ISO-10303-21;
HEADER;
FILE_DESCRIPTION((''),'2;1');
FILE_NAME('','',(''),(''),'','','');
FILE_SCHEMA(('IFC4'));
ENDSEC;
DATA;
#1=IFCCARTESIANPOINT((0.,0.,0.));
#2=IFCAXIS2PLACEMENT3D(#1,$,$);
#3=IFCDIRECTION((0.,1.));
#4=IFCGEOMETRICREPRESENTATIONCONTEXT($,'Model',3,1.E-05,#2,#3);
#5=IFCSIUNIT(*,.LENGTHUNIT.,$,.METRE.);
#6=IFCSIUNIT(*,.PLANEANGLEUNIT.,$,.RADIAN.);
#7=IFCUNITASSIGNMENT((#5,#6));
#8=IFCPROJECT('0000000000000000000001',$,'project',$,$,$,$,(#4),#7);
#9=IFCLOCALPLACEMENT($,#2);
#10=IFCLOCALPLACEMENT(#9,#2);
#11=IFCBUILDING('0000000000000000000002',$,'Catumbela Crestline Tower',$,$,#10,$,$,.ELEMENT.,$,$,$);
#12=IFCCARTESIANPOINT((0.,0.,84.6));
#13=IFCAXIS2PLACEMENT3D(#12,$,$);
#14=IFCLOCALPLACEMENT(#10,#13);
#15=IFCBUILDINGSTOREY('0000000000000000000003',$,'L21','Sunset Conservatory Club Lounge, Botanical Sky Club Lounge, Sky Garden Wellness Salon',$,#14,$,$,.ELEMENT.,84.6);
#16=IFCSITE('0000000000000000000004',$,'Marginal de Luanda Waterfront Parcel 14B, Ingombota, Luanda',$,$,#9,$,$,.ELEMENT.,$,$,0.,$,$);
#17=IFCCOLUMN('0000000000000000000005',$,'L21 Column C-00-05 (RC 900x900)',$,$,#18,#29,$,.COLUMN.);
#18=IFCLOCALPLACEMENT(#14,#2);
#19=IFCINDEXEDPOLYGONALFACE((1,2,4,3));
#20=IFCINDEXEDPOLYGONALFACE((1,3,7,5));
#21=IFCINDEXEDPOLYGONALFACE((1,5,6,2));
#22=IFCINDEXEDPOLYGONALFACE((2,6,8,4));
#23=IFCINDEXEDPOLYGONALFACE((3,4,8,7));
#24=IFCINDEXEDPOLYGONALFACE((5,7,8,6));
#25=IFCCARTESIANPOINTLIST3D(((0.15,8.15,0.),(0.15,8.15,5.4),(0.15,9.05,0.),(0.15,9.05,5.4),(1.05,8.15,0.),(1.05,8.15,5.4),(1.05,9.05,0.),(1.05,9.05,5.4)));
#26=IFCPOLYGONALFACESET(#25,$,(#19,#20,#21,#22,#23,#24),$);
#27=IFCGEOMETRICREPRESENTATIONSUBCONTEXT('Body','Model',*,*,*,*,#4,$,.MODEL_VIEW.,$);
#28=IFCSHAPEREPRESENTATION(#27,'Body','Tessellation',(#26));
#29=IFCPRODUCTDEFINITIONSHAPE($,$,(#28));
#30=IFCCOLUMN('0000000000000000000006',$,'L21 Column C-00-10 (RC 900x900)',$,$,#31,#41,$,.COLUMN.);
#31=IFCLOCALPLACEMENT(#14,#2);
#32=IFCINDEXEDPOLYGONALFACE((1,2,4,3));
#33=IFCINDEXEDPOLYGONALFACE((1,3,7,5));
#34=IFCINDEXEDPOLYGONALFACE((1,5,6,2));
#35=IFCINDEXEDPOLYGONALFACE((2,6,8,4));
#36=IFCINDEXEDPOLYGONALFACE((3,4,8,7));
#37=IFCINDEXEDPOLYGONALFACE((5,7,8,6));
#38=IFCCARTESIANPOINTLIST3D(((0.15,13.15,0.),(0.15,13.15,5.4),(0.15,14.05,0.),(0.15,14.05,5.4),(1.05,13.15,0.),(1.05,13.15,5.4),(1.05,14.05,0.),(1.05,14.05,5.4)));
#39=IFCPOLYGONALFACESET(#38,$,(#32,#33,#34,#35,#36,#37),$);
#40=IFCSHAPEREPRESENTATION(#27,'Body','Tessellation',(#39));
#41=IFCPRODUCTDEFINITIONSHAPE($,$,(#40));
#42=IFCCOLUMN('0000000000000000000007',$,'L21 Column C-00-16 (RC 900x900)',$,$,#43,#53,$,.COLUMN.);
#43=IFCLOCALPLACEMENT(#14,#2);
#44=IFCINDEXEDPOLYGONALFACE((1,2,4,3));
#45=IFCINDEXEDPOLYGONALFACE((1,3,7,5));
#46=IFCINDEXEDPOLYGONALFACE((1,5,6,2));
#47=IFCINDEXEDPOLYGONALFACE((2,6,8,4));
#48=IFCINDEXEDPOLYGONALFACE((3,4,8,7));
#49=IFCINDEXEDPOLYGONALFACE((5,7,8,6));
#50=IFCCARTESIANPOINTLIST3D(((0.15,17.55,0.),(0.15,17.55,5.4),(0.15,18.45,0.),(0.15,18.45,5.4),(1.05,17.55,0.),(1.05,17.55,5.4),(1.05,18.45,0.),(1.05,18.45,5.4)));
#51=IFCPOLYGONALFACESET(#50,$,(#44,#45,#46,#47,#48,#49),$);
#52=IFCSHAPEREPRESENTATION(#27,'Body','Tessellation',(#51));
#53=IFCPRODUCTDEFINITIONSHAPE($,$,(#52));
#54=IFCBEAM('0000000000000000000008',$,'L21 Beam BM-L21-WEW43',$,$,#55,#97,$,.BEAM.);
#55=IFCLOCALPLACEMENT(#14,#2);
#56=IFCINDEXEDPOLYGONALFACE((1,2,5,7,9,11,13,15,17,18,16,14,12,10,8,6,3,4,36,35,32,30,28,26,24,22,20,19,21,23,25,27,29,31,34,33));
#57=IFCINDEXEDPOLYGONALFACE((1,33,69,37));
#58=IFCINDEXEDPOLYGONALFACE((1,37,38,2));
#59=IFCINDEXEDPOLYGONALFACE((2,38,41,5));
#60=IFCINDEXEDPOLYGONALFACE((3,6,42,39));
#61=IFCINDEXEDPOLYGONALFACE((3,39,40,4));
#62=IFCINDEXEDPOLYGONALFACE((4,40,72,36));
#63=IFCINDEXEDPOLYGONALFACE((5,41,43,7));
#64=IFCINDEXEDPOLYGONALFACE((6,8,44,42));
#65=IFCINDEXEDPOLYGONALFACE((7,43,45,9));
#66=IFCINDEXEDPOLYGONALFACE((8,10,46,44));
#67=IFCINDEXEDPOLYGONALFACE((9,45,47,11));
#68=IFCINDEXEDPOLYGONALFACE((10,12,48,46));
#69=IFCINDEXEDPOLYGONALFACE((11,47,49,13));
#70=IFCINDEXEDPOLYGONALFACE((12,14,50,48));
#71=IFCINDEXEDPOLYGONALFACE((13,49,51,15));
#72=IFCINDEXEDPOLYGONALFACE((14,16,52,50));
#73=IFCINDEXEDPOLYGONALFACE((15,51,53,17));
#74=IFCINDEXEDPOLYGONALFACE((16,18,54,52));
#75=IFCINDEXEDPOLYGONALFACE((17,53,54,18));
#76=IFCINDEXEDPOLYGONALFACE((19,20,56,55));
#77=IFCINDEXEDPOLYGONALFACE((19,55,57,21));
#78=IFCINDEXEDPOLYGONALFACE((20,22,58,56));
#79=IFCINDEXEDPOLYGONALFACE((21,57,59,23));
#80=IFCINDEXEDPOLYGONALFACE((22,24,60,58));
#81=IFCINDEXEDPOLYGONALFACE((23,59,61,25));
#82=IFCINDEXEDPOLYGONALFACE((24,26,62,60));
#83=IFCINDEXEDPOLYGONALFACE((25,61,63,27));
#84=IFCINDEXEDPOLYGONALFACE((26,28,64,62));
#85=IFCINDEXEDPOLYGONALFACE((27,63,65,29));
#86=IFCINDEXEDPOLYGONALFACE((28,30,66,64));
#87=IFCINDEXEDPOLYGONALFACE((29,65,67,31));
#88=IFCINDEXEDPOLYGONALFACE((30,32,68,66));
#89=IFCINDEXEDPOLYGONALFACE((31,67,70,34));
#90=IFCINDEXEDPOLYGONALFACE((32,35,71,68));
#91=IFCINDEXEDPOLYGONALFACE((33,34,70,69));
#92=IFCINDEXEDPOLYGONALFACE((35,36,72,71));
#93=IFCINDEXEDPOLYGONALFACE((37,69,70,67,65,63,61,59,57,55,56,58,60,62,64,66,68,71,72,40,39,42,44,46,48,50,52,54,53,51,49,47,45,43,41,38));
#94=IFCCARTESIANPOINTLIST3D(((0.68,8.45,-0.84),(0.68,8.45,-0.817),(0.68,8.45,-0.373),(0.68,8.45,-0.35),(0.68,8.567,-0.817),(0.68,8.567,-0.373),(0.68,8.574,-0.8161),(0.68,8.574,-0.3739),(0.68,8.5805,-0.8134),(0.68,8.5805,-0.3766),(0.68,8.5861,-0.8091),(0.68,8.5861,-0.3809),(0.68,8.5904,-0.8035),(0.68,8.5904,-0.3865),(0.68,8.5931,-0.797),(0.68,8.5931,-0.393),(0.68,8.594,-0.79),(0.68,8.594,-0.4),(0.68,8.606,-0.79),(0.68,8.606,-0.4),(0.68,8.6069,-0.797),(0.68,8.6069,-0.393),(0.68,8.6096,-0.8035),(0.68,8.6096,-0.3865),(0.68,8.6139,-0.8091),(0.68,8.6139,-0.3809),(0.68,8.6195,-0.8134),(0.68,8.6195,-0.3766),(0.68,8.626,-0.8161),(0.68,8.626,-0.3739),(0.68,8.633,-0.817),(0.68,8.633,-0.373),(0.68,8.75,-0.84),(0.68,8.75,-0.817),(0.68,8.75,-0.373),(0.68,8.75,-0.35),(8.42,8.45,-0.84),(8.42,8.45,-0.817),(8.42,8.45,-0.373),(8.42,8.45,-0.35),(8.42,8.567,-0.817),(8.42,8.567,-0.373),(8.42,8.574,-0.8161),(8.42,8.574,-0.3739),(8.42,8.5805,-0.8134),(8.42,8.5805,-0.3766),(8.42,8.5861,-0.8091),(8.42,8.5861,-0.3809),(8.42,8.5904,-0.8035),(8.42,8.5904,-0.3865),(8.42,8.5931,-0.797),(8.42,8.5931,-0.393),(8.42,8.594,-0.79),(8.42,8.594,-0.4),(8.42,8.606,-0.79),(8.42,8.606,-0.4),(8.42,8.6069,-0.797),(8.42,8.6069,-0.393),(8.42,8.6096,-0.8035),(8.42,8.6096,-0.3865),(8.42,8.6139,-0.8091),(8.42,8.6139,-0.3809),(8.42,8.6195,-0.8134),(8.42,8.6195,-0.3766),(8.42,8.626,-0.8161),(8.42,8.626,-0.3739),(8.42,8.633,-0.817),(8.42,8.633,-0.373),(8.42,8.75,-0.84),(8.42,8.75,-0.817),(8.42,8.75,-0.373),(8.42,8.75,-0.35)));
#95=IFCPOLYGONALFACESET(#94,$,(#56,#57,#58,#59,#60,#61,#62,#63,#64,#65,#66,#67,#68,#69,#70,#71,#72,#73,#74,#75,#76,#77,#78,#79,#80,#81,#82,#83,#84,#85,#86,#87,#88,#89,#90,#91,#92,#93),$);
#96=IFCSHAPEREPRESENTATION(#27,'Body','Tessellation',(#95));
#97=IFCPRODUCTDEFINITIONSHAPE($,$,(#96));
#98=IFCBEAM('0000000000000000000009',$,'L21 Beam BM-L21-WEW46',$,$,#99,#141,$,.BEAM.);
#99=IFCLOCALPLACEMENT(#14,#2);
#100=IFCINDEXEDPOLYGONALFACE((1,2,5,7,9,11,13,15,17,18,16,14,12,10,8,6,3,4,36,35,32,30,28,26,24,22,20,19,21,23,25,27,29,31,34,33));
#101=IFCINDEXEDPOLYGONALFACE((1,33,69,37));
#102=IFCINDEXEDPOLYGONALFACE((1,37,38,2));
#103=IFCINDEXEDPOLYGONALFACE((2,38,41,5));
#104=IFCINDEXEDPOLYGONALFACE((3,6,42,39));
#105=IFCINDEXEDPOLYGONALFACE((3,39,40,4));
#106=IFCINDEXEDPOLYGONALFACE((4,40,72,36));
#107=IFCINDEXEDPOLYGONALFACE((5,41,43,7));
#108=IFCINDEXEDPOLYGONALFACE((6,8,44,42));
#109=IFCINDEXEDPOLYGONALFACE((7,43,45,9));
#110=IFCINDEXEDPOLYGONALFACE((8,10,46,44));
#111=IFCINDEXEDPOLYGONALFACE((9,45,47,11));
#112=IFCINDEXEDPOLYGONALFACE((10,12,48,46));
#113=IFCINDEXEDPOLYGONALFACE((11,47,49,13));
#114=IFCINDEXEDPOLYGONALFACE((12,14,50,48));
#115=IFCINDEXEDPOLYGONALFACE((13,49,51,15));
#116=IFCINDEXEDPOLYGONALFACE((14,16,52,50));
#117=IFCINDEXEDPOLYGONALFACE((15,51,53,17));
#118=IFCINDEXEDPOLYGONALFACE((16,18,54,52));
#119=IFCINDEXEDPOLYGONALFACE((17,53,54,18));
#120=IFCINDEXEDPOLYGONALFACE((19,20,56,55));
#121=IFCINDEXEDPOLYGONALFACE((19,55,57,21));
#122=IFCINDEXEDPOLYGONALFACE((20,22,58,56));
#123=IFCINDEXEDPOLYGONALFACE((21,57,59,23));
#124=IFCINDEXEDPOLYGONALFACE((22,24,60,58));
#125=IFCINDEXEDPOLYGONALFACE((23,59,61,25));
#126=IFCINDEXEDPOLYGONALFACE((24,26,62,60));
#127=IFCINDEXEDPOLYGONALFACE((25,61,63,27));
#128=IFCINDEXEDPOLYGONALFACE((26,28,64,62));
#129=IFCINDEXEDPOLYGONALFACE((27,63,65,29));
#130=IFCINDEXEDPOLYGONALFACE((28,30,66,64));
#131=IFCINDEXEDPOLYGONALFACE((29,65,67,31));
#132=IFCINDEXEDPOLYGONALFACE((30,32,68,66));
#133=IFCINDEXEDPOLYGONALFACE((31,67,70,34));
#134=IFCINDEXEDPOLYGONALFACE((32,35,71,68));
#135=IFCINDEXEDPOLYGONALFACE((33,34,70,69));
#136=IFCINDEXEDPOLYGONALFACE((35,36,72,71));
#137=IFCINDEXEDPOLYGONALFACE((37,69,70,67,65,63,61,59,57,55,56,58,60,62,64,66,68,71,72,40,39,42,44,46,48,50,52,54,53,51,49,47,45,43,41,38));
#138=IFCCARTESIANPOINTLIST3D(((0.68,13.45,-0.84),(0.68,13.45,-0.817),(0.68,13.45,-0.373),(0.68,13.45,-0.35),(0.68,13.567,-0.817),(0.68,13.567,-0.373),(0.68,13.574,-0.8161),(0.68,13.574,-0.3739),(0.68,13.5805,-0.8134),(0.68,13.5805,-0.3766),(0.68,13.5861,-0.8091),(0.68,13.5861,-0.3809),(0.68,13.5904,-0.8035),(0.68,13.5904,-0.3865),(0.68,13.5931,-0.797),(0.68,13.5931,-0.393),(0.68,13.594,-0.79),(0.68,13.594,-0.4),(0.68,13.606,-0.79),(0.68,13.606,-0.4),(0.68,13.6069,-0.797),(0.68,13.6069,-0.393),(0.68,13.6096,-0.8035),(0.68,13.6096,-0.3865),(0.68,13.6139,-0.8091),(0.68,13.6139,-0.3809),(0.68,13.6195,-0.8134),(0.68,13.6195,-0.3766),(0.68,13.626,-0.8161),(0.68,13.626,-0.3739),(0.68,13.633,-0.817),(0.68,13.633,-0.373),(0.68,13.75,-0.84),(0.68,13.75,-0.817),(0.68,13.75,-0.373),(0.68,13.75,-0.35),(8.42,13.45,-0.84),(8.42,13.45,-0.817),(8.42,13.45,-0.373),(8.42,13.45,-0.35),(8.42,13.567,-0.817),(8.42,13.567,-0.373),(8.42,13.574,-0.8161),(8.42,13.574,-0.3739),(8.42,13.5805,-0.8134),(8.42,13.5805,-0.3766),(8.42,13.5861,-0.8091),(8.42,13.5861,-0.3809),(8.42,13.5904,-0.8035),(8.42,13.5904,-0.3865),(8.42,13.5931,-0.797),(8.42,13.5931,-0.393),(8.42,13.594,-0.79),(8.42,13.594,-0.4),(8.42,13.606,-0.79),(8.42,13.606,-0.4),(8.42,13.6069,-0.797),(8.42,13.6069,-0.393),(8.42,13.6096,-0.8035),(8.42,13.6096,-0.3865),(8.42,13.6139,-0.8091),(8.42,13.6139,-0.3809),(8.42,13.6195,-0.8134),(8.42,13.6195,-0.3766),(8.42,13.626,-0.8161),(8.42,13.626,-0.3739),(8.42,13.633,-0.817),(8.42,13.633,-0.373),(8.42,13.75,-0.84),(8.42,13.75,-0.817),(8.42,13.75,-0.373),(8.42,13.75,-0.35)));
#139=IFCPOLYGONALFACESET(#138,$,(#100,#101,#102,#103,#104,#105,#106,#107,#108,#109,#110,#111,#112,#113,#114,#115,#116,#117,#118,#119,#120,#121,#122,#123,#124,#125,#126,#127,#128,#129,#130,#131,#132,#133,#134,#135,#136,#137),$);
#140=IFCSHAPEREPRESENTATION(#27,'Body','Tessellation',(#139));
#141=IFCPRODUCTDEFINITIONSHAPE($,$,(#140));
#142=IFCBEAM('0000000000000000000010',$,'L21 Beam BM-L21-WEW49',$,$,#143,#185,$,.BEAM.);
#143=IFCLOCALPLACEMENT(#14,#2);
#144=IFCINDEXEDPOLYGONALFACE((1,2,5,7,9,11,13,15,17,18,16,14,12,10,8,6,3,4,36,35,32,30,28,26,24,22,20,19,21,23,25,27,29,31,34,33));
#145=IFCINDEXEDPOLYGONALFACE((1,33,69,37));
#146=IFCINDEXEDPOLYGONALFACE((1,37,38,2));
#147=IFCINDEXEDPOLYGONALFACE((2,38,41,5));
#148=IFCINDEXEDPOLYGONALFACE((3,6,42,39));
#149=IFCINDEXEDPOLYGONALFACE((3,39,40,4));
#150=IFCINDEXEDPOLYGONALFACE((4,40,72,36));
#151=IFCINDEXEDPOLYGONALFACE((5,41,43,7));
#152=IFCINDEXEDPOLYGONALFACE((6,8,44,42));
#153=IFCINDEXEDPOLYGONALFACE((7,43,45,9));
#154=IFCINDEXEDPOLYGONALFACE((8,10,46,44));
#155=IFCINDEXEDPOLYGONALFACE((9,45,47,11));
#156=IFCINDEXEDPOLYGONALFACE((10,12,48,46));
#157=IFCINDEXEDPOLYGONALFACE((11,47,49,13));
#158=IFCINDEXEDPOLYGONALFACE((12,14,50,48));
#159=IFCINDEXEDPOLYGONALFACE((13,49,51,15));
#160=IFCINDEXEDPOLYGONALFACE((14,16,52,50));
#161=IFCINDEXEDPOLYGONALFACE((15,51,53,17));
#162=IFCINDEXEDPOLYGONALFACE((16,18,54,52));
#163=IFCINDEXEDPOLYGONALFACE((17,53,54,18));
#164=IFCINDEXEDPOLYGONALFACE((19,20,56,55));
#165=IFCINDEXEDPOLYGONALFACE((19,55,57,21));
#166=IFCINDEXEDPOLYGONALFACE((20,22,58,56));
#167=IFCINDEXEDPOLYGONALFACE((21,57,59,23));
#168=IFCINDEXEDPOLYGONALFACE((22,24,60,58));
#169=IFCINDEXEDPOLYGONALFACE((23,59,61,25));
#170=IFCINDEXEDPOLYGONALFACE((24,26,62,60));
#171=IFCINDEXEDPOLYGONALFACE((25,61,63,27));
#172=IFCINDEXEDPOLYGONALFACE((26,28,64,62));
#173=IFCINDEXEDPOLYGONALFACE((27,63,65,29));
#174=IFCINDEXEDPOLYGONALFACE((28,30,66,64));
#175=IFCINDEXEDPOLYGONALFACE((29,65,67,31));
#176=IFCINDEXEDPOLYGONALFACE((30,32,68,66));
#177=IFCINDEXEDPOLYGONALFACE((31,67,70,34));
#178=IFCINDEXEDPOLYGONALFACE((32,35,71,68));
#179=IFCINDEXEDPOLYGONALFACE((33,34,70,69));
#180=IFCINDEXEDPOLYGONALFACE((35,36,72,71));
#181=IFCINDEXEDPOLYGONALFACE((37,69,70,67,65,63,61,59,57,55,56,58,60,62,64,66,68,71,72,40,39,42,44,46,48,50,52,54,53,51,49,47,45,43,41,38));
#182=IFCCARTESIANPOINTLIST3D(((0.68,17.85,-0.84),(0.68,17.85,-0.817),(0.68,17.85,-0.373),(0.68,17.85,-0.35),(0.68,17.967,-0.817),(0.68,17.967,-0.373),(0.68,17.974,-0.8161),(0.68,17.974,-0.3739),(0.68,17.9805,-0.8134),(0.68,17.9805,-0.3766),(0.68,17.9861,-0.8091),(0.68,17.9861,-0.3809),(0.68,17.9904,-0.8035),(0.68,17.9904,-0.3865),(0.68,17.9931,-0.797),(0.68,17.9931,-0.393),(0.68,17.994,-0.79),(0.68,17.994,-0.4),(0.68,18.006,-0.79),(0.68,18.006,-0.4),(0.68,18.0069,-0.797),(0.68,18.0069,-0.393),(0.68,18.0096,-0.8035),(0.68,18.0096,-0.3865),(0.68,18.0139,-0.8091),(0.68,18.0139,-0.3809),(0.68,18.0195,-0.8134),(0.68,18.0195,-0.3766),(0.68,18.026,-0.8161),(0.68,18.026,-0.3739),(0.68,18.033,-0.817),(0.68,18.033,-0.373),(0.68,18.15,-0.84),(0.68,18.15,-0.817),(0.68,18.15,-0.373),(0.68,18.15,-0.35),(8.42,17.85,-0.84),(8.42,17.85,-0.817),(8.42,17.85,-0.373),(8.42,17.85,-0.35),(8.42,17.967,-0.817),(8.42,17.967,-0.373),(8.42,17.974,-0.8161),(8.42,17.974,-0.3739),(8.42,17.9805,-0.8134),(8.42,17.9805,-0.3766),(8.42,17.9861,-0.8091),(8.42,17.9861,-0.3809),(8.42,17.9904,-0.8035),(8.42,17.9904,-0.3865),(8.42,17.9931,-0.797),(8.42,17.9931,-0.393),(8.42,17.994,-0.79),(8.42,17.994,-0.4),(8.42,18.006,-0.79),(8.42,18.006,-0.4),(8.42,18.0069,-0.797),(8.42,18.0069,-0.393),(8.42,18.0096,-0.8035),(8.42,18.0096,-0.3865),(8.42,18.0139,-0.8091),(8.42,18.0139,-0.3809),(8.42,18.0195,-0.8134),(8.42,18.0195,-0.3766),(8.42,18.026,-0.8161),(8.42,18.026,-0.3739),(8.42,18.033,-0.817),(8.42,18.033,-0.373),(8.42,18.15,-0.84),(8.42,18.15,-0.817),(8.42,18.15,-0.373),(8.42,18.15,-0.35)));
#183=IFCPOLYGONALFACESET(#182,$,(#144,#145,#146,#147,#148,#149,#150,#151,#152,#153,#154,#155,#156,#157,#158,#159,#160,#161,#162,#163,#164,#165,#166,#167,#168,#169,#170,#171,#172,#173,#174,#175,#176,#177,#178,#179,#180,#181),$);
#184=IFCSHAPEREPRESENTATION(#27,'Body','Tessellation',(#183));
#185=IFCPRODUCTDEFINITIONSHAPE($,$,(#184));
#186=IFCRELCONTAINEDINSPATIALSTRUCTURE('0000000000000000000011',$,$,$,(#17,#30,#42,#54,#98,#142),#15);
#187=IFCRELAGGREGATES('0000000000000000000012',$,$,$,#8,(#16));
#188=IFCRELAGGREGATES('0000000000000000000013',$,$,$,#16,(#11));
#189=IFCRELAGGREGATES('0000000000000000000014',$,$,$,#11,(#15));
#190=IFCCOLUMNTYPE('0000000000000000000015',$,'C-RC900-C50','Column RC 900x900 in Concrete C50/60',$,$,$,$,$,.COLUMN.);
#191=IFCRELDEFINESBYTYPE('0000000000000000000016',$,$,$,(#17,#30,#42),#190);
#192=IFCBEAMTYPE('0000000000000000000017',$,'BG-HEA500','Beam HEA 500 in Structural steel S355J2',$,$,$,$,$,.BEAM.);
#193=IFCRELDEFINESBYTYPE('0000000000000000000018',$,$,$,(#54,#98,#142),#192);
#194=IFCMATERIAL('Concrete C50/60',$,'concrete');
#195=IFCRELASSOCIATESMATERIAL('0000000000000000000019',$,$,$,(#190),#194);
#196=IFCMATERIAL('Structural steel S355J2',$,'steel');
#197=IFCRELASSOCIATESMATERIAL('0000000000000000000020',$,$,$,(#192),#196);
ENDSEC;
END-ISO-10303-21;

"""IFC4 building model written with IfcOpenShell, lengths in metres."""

from ifc_helpers import new_model, si_unit, direction, frame, origin, origin_2d, place, context, subcontext, project, spatial, rectangle, i_section, extrude, material, material_profile, profile_set, type_object, element, save


model = new_model("IFC4")

# Units and contexts
model_context = context("Model", 3, precision=1e-05, world=origin(), true_north=direction((0.0, 1.0)))
body_context = subcontext(model_context, "Body", "Model", "MODEL_VIEW")
ifc_project = project(units=[si_unit("LENGTHUNIT", "METRE"), si_unit("PLANEANGLEUNIT", "RADIAN")], contexts=[model_context])

# Site, building, storey
site_placement = place(None, origin())
site = spatial("IfcSite", under=ifc_project, at=site_placement, Name="Marginal de Luanda Waterfront Parcel 14B, Ingombota, Luanda", CompositionType="ELEMENT", RefElevation=0.0)
building_placement = place(site_placement, origin())
building = spatial("IfcBuilding", under=site, at=building_placement, Name="Catumbela Crestline Tower", CompositionType="ELEMENT")
storey_placement = place(building_placement, frame((0.0, 0.0, 84.6)))
storey = spatial("IfcBuildingStorey", under=building, at=storey_placement, Name="L21", Description="Sunset Conservatory Club Lounge, Botanical Sky Club Lounge, Sky Garden Wellness Salon", CompositionType="ELEMENT", Elevation=84.6)

# Columns
ifc_material_1 = material(Name="Concrete C50/60", Category="concrete")
ifc_material_profile_1 = material_profile(ifc_material_1, rectangle(XDim=0.9, YDim=0.9, at=origin_2d()), Name="RC 900x900")
ifc_profile_set_1 = profile_set([ifc_material_profile_1], Name="Concrete C50/60")
column_type = type_object("IfcColumnType", Name="C-RC900-C50", Description="Column RC 900x900 in Concrete C50/60", PredefinedType="COLUMN", material=ifc_profile_set_1)
for number, where, z_axis, x_axis, name in (
    (1, (0.6, 8.6, 0.0), (0.0, 0.0, 1.0), (1.0, 0.0, 0.0), "L21 Column C-00-05 (RC 900x900)"),
    (2, (0.6, 13.6, 0.0), (0.0, 0.0, 1.0), (1.0, 0.0, 0.0), "L21 Column C-00-10 (RC 900x900)"),
    (3, (0.6, 18.0, 0.0), (0.0, 0.0, 1.0), (1.0, 0.0, 0.0), "L21 Column C-00-16 (RC 900x900)"),
):
    element("IfcColumn", number, at=place(storey_placement, frame(where, z_axis=z_axis, x_axis=x_axis)), inside=storey, type_object=column_type, Name=name, PredefinedType="COLUMN", context=body_context, shape_type="SweptSolid", body=[
        extrude(rectangle(XDim=0.9, YDim=0.9, at=origin_2d()), origin(), (0.0, 0.0, 1.0), 5.4),
    ])

# Beams
ifc_material_2 = material(Name="Structural steel S355J2", Category="steel")
ifc_material_profile_2 = material_profile(ifc_material_2, i_section(OverallWidth=0.3, OverallDepth=0.49, WebThickness=0.012, FlangeThickness=0.023, FilletRadius=0.027, at=origin_2d()), Name="HEA 500")
ifc_profile_set_2 = profile_set([ifc_material_profile_2], Name="Structural steel S355J2")
beam_type_1 = type_object("IfcBeamType", Name="BG-HEA500", Description="Beam HEA 500 in Structural steel S355J2", PredefinedType="BEAM", material=ifc_profile_set_2)
for number, where, z_axis, x_axis, name in (
    (4, (0.68, 8.6, -0.595), (1.0, 0.0, 0.0), (0.0, 1.0, 0.0), "L21 Beam BM-L21-WEW43"),
    (5, (0.68, 13.6, -0.595), (1.0, 0.0, 0.0), (0.0, 1.0, 0.0), "L21 Beam BM-L21-WEW46"),
    (6, (0.68, 18.0, -0.595), (1.0, 0.0, 0.0), (0.0, 1.0, 0.0), "L21 Beam BM-L21-WEW49"),
):
    element("IfcBeam", number, at=place(storey_placement, frame(where, z_axis=z_axis, x_axis=x_axis)), inside=storey, type_object=beam_type_1, Name=name, PredefinedType="BEAM", context=body_context, shape_type="SweptSolid", body=[
        extrude(i_section(OverallWidth=0.3, OverallDepth=0.49, WebThickness=0.012, FlangeThickness=0.023, FilletRadius=0.027, at=origin_2d()), origin(), (0.0, 0.0, 1.0), 7.74),
    ])

save(model, "model.ifc")
